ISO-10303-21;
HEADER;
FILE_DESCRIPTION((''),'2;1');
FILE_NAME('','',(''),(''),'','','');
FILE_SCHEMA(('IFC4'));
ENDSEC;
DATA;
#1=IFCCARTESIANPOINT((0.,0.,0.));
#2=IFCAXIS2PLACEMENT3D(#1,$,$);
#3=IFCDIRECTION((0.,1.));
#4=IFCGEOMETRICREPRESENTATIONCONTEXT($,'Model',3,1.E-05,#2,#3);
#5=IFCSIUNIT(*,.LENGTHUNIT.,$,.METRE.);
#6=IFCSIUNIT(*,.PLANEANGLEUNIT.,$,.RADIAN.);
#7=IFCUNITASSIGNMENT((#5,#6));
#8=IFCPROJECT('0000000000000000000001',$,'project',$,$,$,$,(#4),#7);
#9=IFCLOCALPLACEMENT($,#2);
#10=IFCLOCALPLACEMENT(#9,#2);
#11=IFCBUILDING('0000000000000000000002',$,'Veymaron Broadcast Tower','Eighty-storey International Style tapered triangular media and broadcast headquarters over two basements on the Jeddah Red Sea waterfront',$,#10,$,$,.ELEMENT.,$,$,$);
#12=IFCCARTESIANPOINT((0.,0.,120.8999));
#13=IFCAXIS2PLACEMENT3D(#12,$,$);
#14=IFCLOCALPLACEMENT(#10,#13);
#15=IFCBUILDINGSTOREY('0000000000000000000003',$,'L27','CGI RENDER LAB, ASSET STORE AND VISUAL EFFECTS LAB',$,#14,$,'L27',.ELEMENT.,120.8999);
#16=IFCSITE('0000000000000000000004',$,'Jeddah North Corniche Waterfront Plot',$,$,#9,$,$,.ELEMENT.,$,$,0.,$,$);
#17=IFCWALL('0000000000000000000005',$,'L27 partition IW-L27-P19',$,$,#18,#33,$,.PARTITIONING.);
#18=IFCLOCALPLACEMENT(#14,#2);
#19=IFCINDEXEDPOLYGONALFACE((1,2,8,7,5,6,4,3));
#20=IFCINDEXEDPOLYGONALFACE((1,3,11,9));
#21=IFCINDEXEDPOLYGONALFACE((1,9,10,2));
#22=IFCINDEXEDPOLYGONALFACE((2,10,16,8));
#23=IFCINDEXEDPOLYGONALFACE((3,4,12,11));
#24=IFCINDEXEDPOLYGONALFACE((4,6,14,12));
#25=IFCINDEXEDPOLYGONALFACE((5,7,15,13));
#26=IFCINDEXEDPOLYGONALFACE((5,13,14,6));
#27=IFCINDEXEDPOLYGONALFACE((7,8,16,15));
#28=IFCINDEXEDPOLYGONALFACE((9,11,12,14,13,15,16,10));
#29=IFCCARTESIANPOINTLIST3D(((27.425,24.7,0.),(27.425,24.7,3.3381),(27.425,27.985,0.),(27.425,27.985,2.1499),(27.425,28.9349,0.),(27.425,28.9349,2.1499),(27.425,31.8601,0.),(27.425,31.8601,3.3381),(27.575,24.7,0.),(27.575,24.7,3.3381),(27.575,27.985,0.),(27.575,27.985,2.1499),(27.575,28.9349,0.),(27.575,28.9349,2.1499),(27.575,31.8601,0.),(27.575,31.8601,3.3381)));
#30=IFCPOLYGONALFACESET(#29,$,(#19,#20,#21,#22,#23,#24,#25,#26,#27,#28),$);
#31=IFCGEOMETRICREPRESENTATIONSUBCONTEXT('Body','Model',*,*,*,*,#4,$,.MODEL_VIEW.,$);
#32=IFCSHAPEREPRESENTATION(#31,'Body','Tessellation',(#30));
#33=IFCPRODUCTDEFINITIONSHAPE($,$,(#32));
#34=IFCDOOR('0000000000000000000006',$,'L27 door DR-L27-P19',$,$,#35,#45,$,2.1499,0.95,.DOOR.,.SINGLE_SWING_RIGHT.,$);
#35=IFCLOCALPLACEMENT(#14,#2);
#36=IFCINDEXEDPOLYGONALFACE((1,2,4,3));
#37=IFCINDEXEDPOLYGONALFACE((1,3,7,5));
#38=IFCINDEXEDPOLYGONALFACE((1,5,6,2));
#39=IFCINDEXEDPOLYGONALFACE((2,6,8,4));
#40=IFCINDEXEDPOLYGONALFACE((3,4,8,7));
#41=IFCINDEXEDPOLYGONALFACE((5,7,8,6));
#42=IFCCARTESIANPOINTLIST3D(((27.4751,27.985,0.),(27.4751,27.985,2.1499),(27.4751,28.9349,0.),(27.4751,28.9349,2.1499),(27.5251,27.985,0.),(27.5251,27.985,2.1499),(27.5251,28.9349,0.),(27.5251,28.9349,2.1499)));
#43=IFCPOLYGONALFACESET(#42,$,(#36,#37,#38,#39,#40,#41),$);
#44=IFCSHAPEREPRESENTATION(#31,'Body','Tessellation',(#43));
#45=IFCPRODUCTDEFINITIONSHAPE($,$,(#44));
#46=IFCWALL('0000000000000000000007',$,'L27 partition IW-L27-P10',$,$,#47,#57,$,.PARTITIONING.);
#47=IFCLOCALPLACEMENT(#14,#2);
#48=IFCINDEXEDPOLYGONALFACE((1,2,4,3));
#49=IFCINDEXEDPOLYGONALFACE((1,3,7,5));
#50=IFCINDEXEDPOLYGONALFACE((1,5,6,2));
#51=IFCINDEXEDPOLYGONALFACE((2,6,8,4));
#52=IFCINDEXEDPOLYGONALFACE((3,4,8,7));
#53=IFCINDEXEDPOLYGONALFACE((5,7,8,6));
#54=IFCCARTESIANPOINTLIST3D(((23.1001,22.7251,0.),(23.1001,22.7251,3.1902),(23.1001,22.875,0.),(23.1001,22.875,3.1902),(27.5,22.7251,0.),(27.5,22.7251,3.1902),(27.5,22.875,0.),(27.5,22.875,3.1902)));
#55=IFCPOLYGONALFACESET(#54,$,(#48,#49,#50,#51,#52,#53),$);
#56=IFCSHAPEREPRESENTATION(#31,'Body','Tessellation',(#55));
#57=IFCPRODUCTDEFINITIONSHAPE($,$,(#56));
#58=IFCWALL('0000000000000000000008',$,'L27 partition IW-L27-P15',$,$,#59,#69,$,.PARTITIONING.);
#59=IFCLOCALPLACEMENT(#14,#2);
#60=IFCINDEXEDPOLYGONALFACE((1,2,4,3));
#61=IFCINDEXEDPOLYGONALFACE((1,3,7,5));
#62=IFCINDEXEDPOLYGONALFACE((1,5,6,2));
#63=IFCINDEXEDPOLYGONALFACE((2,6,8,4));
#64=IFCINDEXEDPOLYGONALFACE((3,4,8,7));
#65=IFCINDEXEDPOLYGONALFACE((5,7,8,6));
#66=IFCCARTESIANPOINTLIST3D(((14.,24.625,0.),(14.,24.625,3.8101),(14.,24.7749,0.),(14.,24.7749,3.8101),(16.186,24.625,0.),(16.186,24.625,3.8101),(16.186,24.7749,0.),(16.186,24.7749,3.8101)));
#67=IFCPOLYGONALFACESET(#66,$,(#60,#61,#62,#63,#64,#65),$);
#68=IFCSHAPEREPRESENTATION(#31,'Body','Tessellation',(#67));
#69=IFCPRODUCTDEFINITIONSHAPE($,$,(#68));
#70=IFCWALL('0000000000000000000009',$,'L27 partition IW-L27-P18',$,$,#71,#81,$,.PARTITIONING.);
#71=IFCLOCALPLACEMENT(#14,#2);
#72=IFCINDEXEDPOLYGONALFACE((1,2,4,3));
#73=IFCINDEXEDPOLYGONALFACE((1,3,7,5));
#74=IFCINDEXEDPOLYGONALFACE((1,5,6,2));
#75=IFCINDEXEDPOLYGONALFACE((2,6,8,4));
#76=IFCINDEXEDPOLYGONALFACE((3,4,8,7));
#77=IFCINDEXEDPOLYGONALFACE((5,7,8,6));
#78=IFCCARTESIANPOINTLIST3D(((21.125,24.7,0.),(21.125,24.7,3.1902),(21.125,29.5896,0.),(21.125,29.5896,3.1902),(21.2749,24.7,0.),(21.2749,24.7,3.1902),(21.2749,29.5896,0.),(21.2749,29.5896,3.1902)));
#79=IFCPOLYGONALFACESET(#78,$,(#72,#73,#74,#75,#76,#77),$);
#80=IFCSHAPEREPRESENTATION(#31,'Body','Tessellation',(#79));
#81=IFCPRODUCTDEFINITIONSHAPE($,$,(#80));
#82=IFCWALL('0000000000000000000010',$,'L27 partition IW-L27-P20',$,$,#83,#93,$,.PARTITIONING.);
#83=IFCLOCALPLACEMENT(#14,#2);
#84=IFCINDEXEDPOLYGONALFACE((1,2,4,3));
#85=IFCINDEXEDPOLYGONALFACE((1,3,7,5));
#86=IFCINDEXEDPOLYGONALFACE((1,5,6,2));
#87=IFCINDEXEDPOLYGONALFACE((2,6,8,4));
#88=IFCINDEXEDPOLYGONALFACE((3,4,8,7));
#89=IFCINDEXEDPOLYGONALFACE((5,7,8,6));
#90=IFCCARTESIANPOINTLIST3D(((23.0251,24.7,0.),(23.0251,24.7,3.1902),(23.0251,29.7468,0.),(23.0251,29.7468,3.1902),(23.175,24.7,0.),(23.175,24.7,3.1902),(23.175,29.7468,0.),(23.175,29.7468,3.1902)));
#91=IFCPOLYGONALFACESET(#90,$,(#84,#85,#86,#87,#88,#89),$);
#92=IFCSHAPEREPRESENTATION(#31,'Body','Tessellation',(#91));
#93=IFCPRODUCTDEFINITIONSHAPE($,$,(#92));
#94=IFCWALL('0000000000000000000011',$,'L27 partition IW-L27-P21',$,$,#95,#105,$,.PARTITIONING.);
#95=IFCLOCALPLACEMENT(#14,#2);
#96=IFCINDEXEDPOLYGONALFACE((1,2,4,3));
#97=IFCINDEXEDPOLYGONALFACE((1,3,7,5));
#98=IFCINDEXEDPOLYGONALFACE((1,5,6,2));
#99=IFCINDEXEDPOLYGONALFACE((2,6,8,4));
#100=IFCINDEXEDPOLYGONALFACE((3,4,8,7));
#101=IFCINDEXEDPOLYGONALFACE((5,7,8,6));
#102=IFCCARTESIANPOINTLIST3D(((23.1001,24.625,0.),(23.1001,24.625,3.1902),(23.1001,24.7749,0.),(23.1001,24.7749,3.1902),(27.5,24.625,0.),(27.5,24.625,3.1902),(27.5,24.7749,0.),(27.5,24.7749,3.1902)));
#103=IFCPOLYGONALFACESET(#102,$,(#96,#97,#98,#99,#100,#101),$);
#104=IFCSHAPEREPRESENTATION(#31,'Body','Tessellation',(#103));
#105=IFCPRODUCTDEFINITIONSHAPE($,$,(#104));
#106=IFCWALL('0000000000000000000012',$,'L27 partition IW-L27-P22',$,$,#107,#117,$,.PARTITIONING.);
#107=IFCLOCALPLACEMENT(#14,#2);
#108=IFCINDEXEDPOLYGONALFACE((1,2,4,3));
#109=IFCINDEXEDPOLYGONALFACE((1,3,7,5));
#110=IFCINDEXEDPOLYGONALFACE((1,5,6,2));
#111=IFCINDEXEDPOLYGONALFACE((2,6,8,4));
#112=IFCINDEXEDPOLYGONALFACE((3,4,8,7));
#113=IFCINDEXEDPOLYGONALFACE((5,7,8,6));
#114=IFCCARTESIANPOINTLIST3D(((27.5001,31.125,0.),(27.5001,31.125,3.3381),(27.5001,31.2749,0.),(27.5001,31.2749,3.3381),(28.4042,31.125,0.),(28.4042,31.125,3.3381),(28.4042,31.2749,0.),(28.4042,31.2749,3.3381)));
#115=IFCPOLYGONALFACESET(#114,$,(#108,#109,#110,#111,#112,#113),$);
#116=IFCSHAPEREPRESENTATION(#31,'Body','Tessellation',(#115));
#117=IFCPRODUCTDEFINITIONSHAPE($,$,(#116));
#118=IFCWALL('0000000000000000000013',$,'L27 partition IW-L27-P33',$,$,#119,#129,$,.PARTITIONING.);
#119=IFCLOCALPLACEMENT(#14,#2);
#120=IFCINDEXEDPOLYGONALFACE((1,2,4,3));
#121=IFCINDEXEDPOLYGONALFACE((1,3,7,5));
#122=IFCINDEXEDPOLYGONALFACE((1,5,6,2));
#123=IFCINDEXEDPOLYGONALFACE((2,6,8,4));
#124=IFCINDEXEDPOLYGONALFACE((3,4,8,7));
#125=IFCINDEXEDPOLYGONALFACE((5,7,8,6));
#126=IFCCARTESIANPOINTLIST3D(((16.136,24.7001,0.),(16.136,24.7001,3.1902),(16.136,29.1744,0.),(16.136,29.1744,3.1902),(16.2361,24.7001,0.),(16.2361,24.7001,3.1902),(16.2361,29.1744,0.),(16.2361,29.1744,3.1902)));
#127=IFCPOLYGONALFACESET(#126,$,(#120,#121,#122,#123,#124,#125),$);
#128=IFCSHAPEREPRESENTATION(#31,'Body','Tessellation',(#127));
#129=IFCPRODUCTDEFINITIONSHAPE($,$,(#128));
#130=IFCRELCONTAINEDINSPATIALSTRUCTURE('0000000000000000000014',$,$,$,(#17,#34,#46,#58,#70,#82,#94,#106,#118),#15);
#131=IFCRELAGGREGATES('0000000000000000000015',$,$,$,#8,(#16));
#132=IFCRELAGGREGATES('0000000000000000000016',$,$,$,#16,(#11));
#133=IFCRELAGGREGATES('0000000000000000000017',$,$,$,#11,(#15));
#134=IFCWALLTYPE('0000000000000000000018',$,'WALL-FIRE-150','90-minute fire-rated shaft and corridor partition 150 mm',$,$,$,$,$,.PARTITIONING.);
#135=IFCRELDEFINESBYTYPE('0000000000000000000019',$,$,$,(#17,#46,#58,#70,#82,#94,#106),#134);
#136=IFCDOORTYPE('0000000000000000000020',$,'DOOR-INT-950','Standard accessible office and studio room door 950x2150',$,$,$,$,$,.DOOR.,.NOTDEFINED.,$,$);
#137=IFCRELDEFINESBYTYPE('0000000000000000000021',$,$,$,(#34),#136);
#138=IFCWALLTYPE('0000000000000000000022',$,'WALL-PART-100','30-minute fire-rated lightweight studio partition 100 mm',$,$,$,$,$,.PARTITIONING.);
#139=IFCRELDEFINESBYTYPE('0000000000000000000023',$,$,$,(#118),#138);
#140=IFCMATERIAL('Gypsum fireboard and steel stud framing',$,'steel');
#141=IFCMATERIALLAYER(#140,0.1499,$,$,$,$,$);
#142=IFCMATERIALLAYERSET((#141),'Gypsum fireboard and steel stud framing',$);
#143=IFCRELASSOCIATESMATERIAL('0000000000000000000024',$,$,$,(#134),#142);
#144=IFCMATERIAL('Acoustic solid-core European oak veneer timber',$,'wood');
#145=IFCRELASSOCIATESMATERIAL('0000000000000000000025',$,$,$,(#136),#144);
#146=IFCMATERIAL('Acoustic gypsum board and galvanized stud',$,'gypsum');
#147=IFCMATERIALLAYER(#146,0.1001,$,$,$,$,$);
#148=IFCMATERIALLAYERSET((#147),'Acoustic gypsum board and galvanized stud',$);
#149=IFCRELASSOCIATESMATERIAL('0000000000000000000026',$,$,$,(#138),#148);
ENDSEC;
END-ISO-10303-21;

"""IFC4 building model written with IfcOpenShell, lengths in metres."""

from ifc_helpers import new_model, si_unit, direction, frame, frame_2d, origin, place, context, subcontext, project, spatial, rectangle, extrude, material, layer, layer_set, type_object, element, fill, save


model = new_model("IFC4")

# Units and contexts
model_context = context("Model", 3, precision=1e-05, world=origin(), true_north=direction((0.0, 1.0)))
body_context = subcontext(model_context, "Body", "Model", "MODEL_VIEW")
ifc_project = project(units=[si_unit("LENGTHUNIT", "METRE"), si_unit("PLANEANGLEUNIT", "RADIAN")], contexts=[model_context])

# Site, building, storey
site_placement = place(None, origin())
site = spatial("IfcSite", under=ifc_project, at=site_placement, Name="Jeddah North Corniche Waterfront Plot", CompositionType="ELEMENT", RefElevation=0.0)
building_placement = place(site_placement, origin())
building = spatial("IfcBuilding", under=site, at=building_placement, Name="Veymaron Broadcast Tower", Description="Eighty-storey International Style tapered triangular media and broadcast headquarters over two basements on the Jeddah Red Sea waterfront", CompositionType="ELEMENT")
storey_placement = place(building_placement, frame((0.0, 0.0, 120.8999)))
storey = spatial("IfcBuildingStorey", under=building, at=storey_placement, Name="L27", Description="CGI RENDER LAB, ASSET STORE AND VISUAL EFFECTS LAB", LongName="L27", CompositionType="ELEMENT", Elevation=120.8999)

# Wall, opening, door
ifc_material_1 = material(Name="Gypsum fireboard and steel stud framing", Category="steel")
ifc_layer_1 = layer(ifc_material_1, 0.1499)
ifc_layer_set_1 = layer_set([ifc_layer_1], Name="Gypsum fireboard and steel stud framing")
wall_type_1 = type_object("IfcWallType", Name="WALL-FIRE-150", Description="90-minute fire-rated shaft and corridor partition 150 mm", PredefinedType="PARTITIONING", material=ifc_layer_set_1)
ifc_material_2 = material(Name="Acoustic solid-core European oak veneer timber", Category="wood")
door_type = type_object("IfcDoorType", Name="DOOR-INT-950", Description="Standard accessible office and studio room door 950x2150", OperationType="NOTDEFINED", PredefinedType="DOOR", material=ifc_material_2)
wall_1_placement = place(storey_placement, frame((27.5, 24.7, 0.0), z_axis=(0.0, 0.0, 1.0), x_axis=(0.0, 1.0, 0.0)))
wall_1 = element("IfcWall", 1, at=wall_1_placement, inside=storey, type_object=wall_type_1, Name="L27 partition IW-L27-P19", PredefinedType="PARTITIONING", context=body_context, shape_type="SweptSolid", body=[
    extrude(rectangle(XDim=7.1602, YDim=0.1499, at=frame_2d((3.5801, 0.0))), origin(), (0.0, 0.0, 1.0), 3.3381),
])
opening_1_placement = place(wall_1_placement, frame((3.2849, 0.0, 0.0)))
opening_1 = element("IfcOpeningElement", 2, at=opening_1_placement, cuts=wall_1, PredefinedType="OPENING", context=body_context, shape_type="SweptSolid", body=[
    extrude(rectangle(XDim=0.95, YDim=2.1499, at=frame_2d((0.4751, 1.075))), frame((0.0, 0.085, 0.0), z_axis=(0.0, -1.0, 0.0), x_axis=(1.0, 0.0, 0.0)), (0.0, 0.0, 1.0), 0.1699),
])
door_1_placement = place(opening_1_placement, origin())
door_1 = element("IfcDoor", 3, at=door_1_placement, inside=storey, type_object=door_type, Name="L27 door DR-L27-P19", OperationType="SINGLE_SWING_RIGHT", OverallHeight=2.1499, OverallWidth=0.95, PredefinedType="DOOR", context=body_context, shape_type="SweptSolid", body=[
    extrude(rectangle(XDim=0.95, YDim=2.1499, at=frame_2d((0.4751, 1.075))), frame((0.0, 0.0249, 0.0), z_axis=(0.0, -1.0, 0.0), x_axis=(1.0, 0.0, 0.0)), (0.0, 0.0, 1.0), 0.05),
])
fill(opening_1, door_1)

# Walls
wall_2_placement = place(storey_placement, frame((23.1001, 22.8, 0.0), z_axis=(0.0, 0.0, 1.0), x_axis=(1.0, 0.0, 0.0)))
element("IfcWall", 4, at=wall_2_placement, inside=storey, type_object=wall_type_1, Name="L27 partition IW-L27-P10", PredefinedType="PARTITIONING", context=body_context, shape_type="SweptSolid", body=[
    extrude(rectangle(XDim=4.3999, YDim=0.1499, at=frame_2d((2.2, 0.0))), origin(), (0.0, 0.0, 1.0), 3.1902),
])
wall_3_placement = place(storey_placement, frame((14.0, 24.7, 0.0), z_axis=(0.0, 0.0, 1.0), x_axis=(1.0, 0.0, 0.0)))
element("IfcWall", 5, at=wall_3_placement, inside=storey, type_object=wall_type_1, Name="L27 partition IW-L27-P15", PredefinedType="PARTITIONING", context=body_context, shape_type="SweptSolid", body=[
    extrude(rectangle(XDim=2.186, YDim=0.1499, at=frame_2d((1.093, 0.0))), origin(), (0.0, 0.0, 1.0), 3.8101),
])
wall_4_placement = place(storey_placement, frame((21.2, 24.7, 0.0), z_axis=(0.0, 0.0, 1.0), x_axis=(0.0, 1.0, 0.0)))
element("IfcWall", 6, at=wall_4_placement, inside=storey, type_object=wall_type_1, Name="L27 partition IW-L27-P18", PredefinedType="PARTITIONING", context=body_context, shape_type="SweptSolid", body=[
    extrude(rectangle(XDim=4.8896, YDim=0.1499, at=frame_2d((2.4448, 0.0))), origin(), (0.0, 0.0, 1.0), 3.1902),
])
wall_5_placement = place(storey_placement, frame((23.1001, 24.7, 0.0), z_axis=(0.0, 0.0, 1.0), x_axis=(0.0, 1.0, 0.0)))
element("IfcWall", 7, at=wall_5_placement, inside=storey, type_object=wall_type_1, Name="L27 partition IW-L27-P20", PredefinedType="PARTITIONING", context=body_context, shape_type="SweptSolid", body=[
    extrude(rectangle(XDim=5.0469, YDim=0.1499, at=frame_2d((2.5234, 0.0))), origin(), (0.0, 0.0, 1.0), 3.1902),
])
wall_6_placement = place(storey_placement, frame((23.1001, 24.7, 0.0), z_axis=(0.0, 0.0, 1.0), x_axis=(1.0, 0.0, 0.0)))
element("IfcWall", 8, at=wall_6_placement, inside=storey, type_object=wall_type_1, Name="L27 partition IW-L27-P21", PredefinedType="PARTITIONING", context=body_context, shape_type="SweptSolid", body=[
    extrude(rectangle(XDim=4.3999, YDim=0.1499, at=frame_2d((2.2, 0.0))), origin(), (0.0, 0.0, 1.0), 3.1902),
])
wall_7_placement = place(storey_placement, frame((27.5, 31.2, 0.0), z_axis=(0.0, 0.0, 1.0), x_axis=(1.0, 0.0, 0.0)))
element("IfcWall", 9, at=wall_7_placement, inside=storey, type_object=wall_type_1, Name="L27 partition IW-L27-P22", PredefinedType="PARTITIONING", context=body_context, shape_type="SweptSolid", body=[
    extrude(rectangle(XDim=0.9041, YDim=0.1499, at=frame_2d((0.4521, 0.0))), origin(), (0.0, 0.0, 1.0), 3.3381),
])
ifc_material_3 = material(Name="Acoustic gypsum board and galvanized stud", Category="gypsum")
ifc_layer_2 = layer(ifc_material_3, 0.1001)
ifc_layer_set_2 = layer_set([ifc_layer_2], Name="Acoustic gypsum board and galvanized stud")
wall_type_2 = type_object("IfcWallType", Name="WALL-PART-100", Description="30-minute fire-rated lightweight studio partition 100 mm", PredefinedType="PARTITIONING", material=ifc_layer_set_2)
wall_8_placement = place(storey_placement, frame((16.186, 24.7, 0.0), z_axis=(0.0, 0.0, 1.0), x_axis=(0.0, 1.0, 0.0)))
element("IfcWall", 10, at=wall_8_placement, inside=storey, type_object=wall_type_2, Name="L27 partition IW-L27-P33", PredefinedType="PARTITIONING", context=body_context, shape_type="SweptSolid", body=[
    extrude(rectangle(XDim=4.4744, YDim=0.1001, at=frame_2d((2.2373, 0.0))), origin(), (0.0, 0.0, 1.0), 3.1902),
])

save(model, "model.ifc")
